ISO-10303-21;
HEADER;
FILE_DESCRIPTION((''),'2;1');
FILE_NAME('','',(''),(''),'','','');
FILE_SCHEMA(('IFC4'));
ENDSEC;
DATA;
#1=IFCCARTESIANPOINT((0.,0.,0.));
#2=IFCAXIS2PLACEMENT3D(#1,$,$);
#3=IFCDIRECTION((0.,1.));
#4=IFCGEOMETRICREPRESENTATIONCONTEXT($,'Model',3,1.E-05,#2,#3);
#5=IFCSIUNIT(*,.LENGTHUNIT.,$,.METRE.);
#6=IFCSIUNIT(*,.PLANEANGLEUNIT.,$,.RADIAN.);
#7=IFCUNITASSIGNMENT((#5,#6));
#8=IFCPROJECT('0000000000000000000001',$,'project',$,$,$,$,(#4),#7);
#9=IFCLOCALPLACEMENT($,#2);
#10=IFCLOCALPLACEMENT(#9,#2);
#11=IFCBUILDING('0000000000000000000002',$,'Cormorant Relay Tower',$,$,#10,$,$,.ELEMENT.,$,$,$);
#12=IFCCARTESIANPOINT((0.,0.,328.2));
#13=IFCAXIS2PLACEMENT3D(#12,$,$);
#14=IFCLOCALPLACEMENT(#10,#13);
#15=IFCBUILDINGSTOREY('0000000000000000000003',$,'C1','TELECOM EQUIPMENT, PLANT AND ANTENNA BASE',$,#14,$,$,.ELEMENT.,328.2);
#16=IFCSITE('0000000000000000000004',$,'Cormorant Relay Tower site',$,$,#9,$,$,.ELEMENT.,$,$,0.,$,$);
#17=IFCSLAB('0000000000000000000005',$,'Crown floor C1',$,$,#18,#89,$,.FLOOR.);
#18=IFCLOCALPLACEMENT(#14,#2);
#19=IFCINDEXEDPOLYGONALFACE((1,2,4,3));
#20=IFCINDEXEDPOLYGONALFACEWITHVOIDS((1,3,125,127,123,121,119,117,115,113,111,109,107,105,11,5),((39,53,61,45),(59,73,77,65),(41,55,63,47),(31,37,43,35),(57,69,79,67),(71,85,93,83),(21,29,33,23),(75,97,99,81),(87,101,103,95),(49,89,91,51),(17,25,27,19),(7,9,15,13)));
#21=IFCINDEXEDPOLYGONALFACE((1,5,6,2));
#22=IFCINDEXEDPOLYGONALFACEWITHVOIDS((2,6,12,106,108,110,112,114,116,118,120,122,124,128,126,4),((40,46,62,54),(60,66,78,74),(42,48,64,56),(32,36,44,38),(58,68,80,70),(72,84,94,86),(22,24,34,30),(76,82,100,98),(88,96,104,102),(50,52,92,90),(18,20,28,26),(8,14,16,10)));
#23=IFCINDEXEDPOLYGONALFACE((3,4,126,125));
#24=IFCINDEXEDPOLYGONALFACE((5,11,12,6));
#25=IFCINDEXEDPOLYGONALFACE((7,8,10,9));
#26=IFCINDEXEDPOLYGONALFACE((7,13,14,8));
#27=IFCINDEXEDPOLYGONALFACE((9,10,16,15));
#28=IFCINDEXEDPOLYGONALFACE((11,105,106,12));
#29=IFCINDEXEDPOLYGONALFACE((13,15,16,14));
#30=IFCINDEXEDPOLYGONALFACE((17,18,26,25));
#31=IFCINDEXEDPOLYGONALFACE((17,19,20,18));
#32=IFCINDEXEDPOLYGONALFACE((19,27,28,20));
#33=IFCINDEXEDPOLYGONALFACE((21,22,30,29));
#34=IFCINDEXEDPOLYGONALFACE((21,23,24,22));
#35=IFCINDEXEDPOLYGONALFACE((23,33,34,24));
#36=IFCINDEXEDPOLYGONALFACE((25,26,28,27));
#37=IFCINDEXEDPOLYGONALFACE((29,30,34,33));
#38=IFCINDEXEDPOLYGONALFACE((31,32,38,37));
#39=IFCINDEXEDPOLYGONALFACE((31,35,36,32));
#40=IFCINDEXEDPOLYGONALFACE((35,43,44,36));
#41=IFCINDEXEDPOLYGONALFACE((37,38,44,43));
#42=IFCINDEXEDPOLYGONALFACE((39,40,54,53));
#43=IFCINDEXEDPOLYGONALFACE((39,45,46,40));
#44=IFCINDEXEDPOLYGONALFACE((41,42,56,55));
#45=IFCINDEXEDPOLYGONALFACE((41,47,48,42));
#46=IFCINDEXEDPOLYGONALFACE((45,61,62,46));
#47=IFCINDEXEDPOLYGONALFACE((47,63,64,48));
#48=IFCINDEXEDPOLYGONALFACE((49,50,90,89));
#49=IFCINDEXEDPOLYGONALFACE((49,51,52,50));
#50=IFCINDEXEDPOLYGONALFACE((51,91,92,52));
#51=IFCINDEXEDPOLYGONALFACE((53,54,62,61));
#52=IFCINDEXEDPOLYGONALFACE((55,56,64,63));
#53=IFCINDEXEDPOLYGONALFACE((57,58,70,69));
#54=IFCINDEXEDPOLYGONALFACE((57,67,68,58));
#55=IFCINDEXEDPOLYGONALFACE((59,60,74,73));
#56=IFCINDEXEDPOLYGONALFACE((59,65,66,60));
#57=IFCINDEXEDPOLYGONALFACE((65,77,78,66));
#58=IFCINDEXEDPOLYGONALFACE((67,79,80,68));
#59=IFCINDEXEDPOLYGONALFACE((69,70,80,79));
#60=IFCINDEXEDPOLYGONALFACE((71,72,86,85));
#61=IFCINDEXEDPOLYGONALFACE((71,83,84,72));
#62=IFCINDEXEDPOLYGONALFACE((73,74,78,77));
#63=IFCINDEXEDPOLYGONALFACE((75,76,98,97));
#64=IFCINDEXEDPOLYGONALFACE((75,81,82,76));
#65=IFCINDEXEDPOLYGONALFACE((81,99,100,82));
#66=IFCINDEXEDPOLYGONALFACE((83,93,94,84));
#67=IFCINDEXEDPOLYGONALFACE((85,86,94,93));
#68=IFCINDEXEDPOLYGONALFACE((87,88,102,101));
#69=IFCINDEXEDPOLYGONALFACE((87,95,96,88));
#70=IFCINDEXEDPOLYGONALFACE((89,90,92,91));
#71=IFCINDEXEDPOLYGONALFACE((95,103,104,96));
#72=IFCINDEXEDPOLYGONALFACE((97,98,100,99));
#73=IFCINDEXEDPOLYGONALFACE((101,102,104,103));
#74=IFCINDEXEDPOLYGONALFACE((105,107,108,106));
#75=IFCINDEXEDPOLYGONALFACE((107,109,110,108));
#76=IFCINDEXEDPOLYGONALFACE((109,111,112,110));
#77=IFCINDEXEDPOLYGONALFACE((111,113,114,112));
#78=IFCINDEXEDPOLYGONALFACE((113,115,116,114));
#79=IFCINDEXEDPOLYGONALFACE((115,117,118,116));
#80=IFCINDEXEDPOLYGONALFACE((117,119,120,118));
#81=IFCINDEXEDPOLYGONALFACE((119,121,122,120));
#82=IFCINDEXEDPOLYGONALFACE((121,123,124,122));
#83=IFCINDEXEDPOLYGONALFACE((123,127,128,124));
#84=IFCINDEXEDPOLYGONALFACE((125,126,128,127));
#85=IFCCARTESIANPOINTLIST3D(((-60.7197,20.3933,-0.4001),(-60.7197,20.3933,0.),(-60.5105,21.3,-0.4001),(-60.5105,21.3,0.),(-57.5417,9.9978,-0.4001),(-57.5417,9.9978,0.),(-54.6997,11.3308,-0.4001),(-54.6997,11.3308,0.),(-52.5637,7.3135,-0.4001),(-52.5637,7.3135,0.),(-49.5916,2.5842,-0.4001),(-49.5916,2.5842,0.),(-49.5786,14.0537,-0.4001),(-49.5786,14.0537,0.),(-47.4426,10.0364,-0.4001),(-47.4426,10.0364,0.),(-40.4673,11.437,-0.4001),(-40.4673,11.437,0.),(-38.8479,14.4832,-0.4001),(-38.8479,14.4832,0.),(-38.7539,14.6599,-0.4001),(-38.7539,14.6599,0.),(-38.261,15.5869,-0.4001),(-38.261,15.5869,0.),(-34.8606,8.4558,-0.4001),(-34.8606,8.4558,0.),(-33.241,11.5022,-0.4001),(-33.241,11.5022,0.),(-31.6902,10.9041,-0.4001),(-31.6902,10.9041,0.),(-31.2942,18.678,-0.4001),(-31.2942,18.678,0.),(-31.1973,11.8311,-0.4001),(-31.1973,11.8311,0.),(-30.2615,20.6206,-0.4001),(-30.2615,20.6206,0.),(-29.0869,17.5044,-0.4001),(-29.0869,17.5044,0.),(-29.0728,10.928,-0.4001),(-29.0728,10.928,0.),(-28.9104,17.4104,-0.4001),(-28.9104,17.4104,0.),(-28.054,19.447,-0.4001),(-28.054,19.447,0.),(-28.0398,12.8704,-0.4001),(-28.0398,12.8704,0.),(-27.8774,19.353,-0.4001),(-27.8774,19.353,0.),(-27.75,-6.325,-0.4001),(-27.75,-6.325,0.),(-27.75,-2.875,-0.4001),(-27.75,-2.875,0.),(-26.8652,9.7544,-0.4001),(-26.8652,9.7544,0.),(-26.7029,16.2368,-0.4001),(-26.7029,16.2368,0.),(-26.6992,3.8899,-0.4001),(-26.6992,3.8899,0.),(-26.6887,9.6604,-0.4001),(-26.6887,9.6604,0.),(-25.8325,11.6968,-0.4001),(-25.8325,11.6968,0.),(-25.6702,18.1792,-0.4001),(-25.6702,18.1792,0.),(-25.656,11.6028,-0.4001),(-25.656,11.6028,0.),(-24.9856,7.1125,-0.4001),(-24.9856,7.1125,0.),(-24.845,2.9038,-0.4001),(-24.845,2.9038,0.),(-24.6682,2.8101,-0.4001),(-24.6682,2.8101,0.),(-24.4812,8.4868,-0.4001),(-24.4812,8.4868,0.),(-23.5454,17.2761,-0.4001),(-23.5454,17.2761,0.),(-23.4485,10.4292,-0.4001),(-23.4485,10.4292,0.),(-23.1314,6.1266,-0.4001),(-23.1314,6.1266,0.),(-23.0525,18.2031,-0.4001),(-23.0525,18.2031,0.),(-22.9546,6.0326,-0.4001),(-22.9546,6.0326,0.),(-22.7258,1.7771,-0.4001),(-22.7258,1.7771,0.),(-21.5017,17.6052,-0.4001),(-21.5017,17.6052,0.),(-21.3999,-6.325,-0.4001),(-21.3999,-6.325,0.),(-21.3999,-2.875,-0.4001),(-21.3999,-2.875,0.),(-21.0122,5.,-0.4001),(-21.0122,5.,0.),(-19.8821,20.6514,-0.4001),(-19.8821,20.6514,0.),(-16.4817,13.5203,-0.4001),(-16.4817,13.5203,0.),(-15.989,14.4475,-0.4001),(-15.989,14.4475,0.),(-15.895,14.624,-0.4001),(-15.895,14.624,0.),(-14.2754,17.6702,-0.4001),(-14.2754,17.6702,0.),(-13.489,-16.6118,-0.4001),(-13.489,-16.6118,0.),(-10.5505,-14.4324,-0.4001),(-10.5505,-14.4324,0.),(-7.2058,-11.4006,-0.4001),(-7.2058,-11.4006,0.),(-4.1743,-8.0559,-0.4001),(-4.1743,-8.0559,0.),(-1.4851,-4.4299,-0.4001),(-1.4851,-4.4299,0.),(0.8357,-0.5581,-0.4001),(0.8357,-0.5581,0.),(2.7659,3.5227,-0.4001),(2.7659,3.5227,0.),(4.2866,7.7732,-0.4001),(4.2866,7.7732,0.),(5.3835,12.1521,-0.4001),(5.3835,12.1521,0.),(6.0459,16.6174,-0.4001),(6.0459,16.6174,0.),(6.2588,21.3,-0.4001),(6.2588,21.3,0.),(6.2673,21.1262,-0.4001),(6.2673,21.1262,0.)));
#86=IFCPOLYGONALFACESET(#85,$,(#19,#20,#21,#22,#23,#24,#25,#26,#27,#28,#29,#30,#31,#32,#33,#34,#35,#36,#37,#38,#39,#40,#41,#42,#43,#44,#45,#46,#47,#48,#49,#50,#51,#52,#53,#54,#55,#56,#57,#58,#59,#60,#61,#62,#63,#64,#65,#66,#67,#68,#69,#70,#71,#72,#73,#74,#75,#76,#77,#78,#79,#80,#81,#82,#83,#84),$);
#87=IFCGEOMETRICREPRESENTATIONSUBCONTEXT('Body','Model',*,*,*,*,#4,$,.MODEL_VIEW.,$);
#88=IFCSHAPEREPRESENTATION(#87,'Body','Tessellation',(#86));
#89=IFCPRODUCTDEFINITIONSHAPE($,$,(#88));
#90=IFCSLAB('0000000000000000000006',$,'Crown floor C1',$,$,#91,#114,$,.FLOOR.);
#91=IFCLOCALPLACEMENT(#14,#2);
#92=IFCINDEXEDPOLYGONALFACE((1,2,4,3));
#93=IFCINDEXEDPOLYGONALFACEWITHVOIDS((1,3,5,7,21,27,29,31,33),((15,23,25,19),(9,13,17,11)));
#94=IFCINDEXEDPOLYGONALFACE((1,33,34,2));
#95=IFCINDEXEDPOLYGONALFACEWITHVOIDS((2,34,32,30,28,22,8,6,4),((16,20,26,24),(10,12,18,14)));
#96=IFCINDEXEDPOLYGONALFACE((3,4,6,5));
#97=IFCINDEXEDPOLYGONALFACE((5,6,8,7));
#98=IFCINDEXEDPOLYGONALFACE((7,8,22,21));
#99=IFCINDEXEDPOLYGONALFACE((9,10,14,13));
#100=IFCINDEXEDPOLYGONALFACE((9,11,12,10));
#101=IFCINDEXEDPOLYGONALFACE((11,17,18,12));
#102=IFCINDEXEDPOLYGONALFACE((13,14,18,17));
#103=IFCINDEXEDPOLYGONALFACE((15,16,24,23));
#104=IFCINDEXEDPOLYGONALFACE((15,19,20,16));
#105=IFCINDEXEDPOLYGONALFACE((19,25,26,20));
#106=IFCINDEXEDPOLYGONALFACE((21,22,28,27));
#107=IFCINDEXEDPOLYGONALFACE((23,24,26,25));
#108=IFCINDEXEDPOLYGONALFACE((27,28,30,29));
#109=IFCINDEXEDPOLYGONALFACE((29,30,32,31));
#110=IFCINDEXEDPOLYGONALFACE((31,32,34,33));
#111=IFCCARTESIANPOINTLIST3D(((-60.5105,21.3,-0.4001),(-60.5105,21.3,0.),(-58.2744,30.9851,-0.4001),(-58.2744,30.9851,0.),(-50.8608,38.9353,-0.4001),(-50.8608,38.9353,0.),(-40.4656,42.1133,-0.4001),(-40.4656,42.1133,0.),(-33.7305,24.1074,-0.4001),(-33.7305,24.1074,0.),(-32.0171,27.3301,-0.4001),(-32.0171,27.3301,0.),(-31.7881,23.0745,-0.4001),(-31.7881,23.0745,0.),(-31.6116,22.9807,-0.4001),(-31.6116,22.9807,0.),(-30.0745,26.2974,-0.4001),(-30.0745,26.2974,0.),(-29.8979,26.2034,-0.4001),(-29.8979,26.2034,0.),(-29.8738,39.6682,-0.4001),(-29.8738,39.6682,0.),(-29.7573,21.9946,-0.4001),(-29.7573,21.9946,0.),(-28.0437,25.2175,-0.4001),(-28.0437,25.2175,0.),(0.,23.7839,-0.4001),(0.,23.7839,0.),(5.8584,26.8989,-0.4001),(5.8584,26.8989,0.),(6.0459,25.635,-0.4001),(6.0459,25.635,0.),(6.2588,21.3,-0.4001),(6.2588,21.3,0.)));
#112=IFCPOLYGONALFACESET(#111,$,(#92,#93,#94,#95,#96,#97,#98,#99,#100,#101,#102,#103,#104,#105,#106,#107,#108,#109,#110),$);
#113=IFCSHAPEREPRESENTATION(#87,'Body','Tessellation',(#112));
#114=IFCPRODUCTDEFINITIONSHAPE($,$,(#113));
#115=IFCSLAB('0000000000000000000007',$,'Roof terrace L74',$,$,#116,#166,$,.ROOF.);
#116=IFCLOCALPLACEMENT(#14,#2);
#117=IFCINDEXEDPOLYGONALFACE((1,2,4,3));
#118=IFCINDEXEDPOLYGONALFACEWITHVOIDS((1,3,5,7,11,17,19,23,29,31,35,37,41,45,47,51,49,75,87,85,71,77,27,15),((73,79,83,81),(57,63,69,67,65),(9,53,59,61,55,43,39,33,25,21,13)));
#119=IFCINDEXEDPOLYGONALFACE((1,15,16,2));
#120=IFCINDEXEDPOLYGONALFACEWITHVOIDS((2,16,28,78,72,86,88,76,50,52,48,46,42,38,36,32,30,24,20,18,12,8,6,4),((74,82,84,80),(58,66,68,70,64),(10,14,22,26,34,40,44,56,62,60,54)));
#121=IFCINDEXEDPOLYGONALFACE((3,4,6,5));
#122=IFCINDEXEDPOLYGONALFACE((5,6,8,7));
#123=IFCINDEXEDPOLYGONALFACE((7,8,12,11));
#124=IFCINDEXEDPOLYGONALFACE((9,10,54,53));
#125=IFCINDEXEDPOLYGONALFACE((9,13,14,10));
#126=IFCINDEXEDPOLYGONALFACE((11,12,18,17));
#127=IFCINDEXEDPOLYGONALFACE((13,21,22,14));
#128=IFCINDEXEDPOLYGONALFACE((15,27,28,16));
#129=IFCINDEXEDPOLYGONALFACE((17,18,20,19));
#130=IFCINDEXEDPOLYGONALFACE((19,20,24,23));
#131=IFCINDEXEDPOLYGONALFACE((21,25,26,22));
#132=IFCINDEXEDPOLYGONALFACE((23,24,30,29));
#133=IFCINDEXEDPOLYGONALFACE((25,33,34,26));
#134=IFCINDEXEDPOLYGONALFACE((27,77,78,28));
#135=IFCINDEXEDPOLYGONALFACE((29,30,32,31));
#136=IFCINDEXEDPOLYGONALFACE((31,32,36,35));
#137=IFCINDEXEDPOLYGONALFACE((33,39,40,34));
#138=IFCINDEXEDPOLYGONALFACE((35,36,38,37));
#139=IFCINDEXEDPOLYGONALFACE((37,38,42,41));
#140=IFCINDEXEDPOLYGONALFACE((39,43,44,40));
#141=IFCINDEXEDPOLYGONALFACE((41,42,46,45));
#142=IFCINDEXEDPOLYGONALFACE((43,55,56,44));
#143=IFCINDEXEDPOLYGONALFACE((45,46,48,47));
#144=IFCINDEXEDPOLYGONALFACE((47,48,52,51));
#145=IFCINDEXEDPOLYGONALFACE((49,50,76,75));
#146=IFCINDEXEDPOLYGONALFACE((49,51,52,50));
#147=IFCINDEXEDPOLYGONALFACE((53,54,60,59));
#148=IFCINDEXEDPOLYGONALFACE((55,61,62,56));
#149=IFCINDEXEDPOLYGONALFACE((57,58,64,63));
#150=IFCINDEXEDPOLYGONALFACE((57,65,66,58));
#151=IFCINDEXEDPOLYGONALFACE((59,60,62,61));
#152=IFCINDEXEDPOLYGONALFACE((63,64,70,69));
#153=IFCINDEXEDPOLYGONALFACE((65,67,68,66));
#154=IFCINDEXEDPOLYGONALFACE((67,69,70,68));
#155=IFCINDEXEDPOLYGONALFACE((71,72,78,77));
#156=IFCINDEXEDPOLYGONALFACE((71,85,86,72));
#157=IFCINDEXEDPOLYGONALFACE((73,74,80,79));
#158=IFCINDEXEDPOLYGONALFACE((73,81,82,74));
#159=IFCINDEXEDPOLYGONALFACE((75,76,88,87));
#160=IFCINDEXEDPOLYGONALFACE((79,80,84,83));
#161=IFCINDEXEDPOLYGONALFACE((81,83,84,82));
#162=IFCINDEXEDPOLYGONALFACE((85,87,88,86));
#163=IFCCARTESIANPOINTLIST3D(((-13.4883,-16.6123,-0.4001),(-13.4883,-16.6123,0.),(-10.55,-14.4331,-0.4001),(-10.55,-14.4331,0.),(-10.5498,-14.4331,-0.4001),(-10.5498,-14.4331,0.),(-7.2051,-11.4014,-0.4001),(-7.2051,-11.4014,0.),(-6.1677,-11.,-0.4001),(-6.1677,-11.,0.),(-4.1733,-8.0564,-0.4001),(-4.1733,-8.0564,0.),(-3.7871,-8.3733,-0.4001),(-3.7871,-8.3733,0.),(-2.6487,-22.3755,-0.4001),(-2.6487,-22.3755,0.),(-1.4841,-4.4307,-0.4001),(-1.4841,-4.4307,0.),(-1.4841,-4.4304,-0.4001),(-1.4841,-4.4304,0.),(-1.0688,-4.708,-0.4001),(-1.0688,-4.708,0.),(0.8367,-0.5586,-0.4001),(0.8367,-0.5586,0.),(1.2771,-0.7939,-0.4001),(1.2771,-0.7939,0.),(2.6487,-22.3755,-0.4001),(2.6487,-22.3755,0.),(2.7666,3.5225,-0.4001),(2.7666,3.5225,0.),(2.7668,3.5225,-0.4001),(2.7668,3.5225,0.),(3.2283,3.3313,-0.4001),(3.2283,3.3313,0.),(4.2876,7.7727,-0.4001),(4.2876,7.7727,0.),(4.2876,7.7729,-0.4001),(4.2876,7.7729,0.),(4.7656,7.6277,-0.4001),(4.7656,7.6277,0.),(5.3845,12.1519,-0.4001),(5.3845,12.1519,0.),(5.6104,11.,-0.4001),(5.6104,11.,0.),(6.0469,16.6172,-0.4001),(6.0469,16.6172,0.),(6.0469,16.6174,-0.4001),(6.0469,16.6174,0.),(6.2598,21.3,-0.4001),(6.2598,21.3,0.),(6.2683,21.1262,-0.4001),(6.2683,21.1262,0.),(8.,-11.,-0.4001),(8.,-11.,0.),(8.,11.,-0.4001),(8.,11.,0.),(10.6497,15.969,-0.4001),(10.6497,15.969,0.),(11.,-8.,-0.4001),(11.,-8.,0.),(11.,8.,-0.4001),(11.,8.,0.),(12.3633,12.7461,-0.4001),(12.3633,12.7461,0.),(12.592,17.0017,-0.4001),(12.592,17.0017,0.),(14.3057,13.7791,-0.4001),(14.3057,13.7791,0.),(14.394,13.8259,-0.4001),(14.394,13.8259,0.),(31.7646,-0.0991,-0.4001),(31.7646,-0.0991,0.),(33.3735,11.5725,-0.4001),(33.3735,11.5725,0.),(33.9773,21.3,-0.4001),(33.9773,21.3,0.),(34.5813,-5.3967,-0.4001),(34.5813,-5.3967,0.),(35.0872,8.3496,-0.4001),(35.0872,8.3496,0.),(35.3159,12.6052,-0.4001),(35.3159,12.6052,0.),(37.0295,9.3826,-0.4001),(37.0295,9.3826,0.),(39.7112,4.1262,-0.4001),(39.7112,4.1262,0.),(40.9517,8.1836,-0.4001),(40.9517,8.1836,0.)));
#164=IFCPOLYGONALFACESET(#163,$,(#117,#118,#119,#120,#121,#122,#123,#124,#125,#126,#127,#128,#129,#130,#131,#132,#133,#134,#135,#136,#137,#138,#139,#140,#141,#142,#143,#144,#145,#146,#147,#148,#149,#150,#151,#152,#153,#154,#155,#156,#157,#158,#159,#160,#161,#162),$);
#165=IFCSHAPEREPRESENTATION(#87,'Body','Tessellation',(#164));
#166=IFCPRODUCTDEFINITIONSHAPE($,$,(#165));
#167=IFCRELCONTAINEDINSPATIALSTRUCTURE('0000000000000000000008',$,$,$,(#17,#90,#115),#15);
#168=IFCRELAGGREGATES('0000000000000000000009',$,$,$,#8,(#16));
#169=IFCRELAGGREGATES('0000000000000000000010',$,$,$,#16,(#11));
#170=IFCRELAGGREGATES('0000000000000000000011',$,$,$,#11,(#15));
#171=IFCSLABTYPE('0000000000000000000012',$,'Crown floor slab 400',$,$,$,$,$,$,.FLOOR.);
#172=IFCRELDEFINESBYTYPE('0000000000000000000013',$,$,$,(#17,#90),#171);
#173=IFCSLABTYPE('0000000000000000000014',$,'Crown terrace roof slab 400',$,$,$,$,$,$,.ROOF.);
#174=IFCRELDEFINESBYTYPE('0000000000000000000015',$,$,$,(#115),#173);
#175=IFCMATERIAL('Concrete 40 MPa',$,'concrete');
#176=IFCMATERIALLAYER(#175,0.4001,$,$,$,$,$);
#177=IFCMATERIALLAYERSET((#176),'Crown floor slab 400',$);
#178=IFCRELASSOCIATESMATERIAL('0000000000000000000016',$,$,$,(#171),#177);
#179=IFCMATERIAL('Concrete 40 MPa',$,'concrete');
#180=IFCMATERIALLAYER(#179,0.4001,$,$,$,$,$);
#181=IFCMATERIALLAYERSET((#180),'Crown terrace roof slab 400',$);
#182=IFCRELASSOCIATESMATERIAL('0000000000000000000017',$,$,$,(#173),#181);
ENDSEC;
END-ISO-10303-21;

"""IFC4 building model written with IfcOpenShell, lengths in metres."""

from ifc_helpers import new_model, si_unit, direction, frame, origin, place, context, subcontext, project, spatial, polyline, outline, extrude, material, layer, layer_set, type_object, element, save


model = new_model("IFC4")

# Units and contexts
model_context = context("Model", 3, precision=1e-05, world=origin(), true_north=direction((0.0, 1.0)))
body_context = subcontext(model_context, "Body", "Model", "MODEL_VIEW")
ifc_project = project(units=[si_unit("LENGTHUNIT", "METRE"), si_unit("PLANEANGLEUNIT", "RADIAN")], contexts=[model_context])

# Site, building, storey
site_placement = place(None, origin())
site = spatial("IfcSite", under=ifc_project, at=site_placement, Name="Cormorant Relay Tower site", CompositionType="ELEMENT", RefElevation=0.0)
building_placement = place(site_placement, origin())
building = spatial("IfcBuilding", under=site, at=building_placement, Name="Cormorant Relay Tower", CompositionType="ELEMENT")
storey_placement = place(building_placement, frame((0.0, 0.0, 328.2)))
storey = spatial("IfcBuildingStorey", under=building, at=storey_placement, Name="C1", Description="TELECOM EQUIPMENT, PLANT AND ANTENNA BASE", CompositionType="ELEMENT", Elevation=328.2)

# Slabs
ifc_material_1 = material(Name="Concrete 40 MPa", Category="concrete")
ifc_layer_1 = layer(ifc_material_1, 0.4001)
ifc_layer_set_1 = layer_set([ifc_layer_1], Name="Crown floor slab 400")
slab_type_1 = type_object("IfcSlabType", Name="Crown floor slab 400", PredefinedType="FLOOR", material=ifc_layer_set_1)
slab_1_placement = place(storey_placement, frame((0.0, 0.0, -0.4001)))
element("IfcSlab", 1, at=slab_1_placement, inside=storey, type_object=slab_type_1, Name="Crown floor C1", PredefinedType="FLOOR", context=body_context, shape_type="SweptSolid", body=[
    extrude(outline(polyline([(-13.489, -16.6118), (-10.5505, -14.4324), (-7.2058, -11.4006), (-4.1743, -8.0559), (-1.4851, -4.4299), (0.8357, -0.5581), (2.7659, 3.5227), (4.2866, 7.7732), (5.3835, 12.1521), (6.0459, 16.6174), (6.2673, 21.1262), (6.2588, 21.3), (-60.5105, 21.3), (-60.7197, 20.3933), (-57.5417, 9.9978), (-49.5916, 2.5842), (-13.489, -16.6118)]), holes=[polyline([(-52.5637, 7.3135), (-47.4426, 10.0364), (-49.5786, 14.0537), (-54.6997, 11.3308), (-52.5637, 7.3135)]), polyline([(-28.0398, 12.8704), (-29.0728, 10.928), (-26.8652, 9.7544), (-25.8325, 11.6968), (-28.0398, 12.8704)]), polyline([(-38.8479, 14.4832), (-40.4673, 11.437), (-34.8606, 8.4558), (-33.241, 11.5022), (-38.8479, 14.4832)]), polyline([(-38.7539, 14.6599), (-31.6902, 10.9041), (-31.1973, 11.8311), (-38.261, 15.5869), (-38.7539, 14.6599)]), polyline([(-31.2942, 18.678), (-29.0869, 17.5044), (-28.054, 19.447), (-30.2615, 20.6206), (-31.2942, 18.678)]), polyline([(-21.3999, -2.875), (-27.75, -2.875), (-27.75, -6.325), (-21.3999, -6.325), (-21.3999, -2.875)]), polyline([(-22.9546, 6.0327), (-24.6682, 2.8101), (-22.7258, 1.7771), (-21.0122, 5.0), (-23.043, 6.0796), (-22.9546, 6.0327)]), polyline([(-24.9856, 7.1125), (-26.6992, 3.8899), (-24.845, 2.9038), (-23.1313, 6.1267), (-23.043, 6.0796), (-24.9856, 7.1125)]), polyline([(-24.4812, 8.4868), (-23.4485, 10.4292), (-25.656, 11.6028), (-26.6887, 9.6604), (-24.4812, 8.4868)]), polyline([(-15.989, 14.4475), (-23.0525, 18.2031), (-23.5454, 17.2761), (-16.4817, 13.5203), (-15.989, 14.4475)]), polyline([(-15.895, 14.624), (-14.2754, 17.6702), (-19.8821, 20.6514), (-21.5017, 17.6052), (-15.895, 14.624)]), polyline([(-25.6702, 18.1792), (-27.8774, 19.353), (-28.9104, 17.4104), (-26.7029, 16.2368), (-25.6702, 18.1792)])]), origin(), (0.0, 0.0, 1.0), 0.4001),
])
slab_2_placement = place(storey_placement, frame((0.0, 0.0, -0.4001)))
element("IfcSlab", 2, at=slab_2_placement, inside=storey, type_object=slab_type_1, Name="Crown floor C1", PredefinedType="FLOOR", context=body_context, shape_type="SweptSolid", body=[
    extrude(outline(polyline([(-60.5105, 21.3), (6.2588, 21.3), (6.0459, 25.635), (5.8584, 26.8989), (0.0, 23.7839), (-29.8738, 39.6682), (-40.4656, 42.1133), (-50.8608, 38.9353), (-58.2744, 30.9851), (-60.5105, 21.3)]), holes=[polyline([(-29.7573, 21.9946), (-28.0437, 25.2175), (-29.8979, 26.2034), (-31.6116, 22.9807), (-29.7573, 21.9946)]), polyline([(-33.7305, 24.1074), (-31.7881, 23.0745), (-30.0745, 26.2974), (-32.0171, 27.3301), (-33.7305, 24.1074)])]), origin(), (0.0, 0.0, 1.0), 0.4001),
])
ifc_material_2 = material(Name="Concrete 40 MPa", Category="concrete")
ifc_layer_2 = layer(ifc_material_2, 0.4001)
ifc_layer_set_2 = layer_set([ifc_layer_2], Name="Crown terrace roof slab 400")
slab_type_2 = type_object("IfcSlabType", Name="Crown terrace roof slab 400", PredefinedType="ROOF", material=ifc_layer_set_2)
slab_3_placement = place(storey_placement, frame((0.0, 0.0, -0.4001)))
element("IfcSlab", 3, at=slab_3_placement, inside=storey, type_object=slab_type_2, Name="Roof terrace L74", PredefinedType="ROOF", context=body_context, shape_type="SweptSolid", body=[
    extrude(outline(polyline([(-2.6487, -22.3755), (2.6487, -22.3755), (34.5813, -5.3967), (31.7646, -0.0991), (39.7112, 4.1262), (40.9517, 8.1836), (33.9773, 21.3), (6.2598, 21.3), (6.2683, 21.1262), (6.2683, 21.1262), (6.0469, 16.6174), (6.0469, 16.6172), (5.3845, 12.1519), (5.3845, 12.1519), (4.2876, 7.7729), (4.2876, 7.7727), (2.7668, 3.5225), (2.7666, 3.5225), (0.8367, -0.5586), (0.8367, -0.5586), (-1.4841, -4.4304), (-1.4841, -4.4307), (-4.1733, -8.0564), (-4.1733, -8.0564), (-7.2051, -11.4014), (-7.2051, -11.4014), (-10.5498, -14.4331), (-10.55, -14.4331), (-13.4883, -16.6123), (-2.6487, -22.3755)]), holes=[polyline([(8.0, 11.0), (5.6104, 11.0), (4.7656, 7.6277), (3.2283, 3.3313), (1.2771, -0.7939), (-1.0688, -4.708), (-3.7871, -8.3733), (-6.1677, -11.0), (8.0, -11.0), (11.0, -8.0), (11.0, 8.0), (8.0, 11.0)]), polyline([(35.3159, 12.6052), (33.3735, 11.5725), (35.0872, 8.3496), (37.0295, 9.3826), (35.3159, 12.6052)]), polyline([(12.3633, 12.7461), (14.394, 13.8259), (14.3057, 13.7791), (12.592, 17.0017), (10.6497, 15.969), (12.3633, 12.7461)])]), origin(), (0.0, 0.0, 1.0), 0.4001),
])

save(model, "model.ifc")
